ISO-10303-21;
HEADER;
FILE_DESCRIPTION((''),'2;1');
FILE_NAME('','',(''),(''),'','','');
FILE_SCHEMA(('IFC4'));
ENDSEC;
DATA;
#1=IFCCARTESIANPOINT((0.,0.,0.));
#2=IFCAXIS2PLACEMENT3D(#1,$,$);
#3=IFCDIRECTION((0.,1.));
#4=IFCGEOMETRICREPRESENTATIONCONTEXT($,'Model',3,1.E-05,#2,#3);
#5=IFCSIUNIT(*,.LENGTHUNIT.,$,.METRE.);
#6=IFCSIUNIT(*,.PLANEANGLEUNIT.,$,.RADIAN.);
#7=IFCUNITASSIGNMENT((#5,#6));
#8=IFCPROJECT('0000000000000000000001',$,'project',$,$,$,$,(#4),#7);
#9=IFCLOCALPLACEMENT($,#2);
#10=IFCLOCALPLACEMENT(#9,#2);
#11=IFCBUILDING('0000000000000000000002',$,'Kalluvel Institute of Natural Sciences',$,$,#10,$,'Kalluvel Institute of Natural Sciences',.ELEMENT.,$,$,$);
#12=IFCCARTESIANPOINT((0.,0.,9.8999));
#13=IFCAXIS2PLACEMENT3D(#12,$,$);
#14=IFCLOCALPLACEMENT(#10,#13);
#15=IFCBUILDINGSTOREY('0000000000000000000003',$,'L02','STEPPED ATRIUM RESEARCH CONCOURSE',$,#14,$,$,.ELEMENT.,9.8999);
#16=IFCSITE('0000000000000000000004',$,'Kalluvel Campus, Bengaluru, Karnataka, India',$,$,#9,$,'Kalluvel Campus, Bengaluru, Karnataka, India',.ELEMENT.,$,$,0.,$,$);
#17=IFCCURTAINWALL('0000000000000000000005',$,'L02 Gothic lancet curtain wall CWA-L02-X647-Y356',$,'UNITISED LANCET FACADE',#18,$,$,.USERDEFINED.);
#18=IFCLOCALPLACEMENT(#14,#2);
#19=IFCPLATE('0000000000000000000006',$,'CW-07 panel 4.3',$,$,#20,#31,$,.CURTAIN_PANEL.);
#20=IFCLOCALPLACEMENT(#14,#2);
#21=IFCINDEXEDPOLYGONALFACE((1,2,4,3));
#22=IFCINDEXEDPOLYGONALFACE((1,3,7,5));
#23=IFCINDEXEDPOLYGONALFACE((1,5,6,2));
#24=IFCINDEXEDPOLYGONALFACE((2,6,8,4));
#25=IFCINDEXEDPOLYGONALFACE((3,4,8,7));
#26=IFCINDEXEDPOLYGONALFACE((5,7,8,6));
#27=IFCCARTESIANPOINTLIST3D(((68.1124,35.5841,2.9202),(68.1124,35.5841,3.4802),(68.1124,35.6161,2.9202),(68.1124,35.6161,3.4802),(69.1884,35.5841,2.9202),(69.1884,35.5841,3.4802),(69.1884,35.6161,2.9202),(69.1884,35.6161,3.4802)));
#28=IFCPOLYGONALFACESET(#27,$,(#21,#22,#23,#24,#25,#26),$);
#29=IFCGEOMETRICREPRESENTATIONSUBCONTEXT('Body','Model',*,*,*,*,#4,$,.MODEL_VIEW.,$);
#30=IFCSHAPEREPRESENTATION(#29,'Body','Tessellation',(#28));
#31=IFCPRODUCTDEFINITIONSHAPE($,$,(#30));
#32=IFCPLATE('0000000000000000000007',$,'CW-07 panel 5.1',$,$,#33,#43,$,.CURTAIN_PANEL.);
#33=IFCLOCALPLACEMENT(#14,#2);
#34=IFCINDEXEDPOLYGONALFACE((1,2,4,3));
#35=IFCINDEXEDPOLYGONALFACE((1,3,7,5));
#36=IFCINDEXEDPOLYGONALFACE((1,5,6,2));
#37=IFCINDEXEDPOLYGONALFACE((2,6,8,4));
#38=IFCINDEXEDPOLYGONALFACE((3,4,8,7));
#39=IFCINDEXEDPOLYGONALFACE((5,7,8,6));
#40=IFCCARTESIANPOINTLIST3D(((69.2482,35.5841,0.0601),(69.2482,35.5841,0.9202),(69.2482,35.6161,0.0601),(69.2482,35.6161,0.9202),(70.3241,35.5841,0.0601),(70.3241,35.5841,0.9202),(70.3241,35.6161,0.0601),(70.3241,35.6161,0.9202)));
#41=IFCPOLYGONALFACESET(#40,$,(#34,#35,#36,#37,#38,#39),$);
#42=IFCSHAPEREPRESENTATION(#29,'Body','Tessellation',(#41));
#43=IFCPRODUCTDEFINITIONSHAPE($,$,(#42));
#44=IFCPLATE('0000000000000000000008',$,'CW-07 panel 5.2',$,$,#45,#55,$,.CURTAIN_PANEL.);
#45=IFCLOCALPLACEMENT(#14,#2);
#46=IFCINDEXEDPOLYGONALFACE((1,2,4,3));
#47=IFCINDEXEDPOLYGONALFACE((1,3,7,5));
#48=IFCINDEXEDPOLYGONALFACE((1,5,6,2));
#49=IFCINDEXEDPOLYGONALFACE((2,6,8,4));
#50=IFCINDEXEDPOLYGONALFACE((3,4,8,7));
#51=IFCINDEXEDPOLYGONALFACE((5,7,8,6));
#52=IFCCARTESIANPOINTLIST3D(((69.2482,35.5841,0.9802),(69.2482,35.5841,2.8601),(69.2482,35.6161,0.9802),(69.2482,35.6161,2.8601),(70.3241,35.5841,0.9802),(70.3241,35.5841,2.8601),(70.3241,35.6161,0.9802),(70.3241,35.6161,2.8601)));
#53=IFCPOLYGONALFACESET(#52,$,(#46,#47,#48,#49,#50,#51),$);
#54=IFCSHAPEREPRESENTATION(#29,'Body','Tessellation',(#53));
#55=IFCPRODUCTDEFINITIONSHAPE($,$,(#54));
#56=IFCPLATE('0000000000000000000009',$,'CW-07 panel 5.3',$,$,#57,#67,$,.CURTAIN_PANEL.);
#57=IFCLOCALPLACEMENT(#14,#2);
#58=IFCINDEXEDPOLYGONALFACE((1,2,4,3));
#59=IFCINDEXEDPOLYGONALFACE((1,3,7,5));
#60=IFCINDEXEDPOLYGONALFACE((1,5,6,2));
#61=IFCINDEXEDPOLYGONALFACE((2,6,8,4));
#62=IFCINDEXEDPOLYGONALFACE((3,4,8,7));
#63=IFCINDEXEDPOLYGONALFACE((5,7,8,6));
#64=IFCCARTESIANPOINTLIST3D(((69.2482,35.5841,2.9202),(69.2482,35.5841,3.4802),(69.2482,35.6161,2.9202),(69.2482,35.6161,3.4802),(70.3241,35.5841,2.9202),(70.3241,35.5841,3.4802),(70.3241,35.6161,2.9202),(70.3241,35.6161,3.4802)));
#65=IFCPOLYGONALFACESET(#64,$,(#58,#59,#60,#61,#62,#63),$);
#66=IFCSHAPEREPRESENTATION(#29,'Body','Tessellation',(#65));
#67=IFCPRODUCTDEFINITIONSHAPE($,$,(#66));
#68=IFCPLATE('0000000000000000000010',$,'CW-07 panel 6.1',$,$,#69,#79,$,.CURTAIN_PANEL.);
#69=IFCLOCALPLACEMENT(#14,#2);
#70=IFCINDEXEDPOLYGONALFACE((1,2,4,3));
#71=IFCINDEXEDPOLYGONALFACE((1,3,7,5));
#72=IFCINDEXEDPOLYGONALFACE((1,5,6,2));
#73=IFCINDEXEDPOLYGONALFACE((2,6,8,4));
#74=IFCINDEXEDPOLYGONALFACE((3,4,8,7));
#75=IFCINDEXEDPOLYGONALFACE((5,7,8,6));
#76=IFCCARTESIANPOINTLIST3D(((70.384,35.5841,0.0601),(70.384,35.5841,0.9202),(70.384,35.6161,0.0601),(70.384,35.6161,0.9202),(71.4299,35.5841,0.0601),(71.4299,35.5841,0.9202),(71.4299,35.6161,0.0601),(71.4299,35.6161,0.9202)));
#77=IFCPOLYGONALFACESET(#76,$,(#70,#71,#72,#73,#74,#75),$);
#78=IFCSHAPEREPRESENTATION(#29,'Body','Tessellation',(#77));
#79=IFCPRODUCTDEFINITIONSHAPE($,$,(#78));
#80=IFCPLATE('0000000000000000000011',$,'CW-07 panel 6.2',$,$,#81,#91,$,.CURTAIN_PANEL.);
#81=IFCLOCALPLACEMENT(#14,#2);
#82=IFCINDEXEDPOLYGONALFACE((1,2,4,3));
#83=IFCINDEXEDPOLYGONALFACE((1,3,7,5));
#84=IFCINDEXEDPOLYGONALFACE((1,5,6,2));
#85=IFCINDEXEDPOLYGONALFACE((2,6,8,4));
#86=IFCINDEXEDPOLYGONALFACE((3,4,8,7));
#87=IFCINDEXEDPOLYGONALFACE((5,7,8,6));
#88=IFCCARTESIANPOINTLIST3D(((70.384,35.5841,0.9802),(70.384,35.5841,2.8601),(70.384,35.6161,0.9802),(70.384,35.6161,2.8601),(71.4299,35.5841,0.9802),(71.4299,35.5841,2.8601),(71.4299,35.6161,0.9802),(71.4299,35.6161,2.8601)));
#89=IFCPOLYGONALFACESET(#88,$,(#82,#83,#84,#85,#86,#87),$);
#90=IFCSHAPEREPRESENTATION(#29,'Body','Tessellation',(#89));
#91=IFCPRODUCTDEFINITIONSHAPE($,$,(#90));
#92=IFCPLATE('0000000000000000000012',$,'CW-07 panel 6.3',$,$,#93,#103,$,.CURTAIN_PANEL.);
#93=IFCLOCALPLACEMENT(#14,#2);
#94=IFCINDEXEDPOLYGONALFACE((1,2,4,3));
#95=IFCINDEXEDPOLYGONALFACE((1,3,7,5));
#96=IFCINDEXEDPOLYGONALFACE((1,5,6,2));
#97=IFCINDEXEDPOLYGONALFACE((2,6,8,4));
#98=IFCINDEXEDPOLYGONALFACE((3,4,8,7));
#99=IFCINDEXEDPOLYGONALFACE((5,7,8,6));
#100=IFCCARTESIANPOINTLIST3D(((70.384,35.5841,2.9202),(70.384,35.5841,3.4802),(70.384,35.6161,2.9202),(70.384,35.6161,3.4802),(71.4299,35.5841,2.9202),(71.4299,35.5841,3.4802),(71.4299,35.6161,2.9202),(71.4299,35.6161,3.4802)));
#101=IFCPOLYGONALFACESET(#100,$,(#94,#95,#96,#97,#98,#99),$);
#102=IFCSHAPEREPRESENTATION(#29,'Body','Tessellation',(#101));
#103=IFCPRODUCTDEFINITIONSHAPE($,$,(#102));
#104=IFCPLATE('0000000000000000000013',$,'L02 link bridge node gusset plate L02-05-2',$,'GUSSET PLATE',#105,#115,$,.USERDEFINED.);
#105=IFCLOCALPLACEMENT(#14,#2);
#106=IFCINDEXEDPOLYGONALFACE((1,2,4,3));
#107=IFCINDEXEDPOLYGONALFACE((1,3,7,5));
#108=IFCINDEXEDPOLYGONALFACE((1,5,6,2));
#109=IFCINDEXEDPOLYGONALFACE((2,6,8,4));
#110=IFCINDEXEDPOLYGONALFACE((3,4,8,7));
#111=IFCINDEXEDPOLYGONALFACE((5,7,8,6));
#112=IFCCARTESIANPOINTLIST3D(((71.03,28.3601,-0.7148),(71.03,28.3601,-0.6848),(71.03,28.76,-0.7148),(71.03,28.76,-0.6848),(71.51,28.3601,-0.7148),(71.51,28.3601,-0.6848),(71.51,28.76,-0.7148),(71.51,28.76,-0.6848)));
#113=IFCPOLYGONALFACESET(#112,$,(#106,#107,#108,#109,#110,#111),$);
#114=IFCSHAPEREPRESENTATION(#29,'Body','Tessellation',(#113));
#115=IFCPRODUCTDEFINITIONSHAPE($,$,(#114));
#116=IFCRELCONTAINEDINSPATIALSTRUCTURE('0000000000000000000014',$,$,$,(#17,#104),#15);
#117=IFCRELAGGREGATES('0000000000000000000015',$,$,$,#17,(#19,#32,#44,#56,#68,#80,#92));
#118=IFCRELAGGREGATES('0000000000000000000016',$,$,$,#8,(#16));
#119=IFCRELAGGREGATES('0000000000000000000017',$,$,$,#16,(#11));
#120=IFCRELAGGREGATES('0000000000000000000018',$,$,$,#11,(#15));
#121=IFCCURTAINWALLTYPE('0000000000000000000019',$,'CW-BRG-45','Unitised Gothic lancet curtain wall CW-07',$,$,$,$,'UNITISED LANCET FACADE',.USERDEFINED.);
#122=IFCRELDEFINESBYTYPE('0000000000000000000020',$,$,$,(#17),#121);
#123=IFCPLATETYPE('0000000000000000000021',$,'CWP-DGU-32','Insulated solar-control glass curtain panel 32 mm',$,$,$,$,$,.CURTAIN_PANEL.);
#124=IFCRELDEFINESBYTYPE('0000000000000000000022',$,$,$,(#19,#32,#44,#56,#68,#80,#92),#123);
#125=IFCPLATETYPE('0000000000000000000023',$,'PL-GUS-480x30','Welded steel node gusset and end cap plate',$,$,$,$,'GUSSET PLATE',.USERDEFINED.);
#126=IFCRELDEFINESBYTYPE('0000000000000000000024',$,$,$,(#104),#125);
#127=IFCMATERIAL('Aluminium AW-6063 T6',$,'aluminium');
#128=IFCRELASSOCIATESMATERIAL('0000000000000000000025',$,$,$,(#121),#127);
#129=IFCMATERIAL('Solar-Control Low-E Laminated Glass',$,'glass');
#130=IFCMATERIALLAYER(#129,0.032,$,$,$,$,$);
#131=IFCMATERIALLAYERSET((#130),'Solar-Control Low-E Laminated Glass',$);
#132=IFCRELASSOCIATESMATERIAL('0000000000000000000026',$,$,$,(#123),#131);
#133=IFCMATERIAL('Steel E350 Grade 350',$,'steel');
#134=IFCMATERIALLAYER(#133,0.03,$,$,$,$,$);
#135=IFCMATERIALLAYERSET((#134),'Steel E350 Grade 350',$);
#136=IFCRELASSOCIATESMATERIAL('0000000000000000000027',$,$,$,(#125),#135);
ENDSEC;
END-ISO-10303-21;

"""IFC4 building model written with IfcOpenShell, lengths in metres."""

from ifc_helpers import new_model, si_unit, direction, frame, origin, origin_2d, place, context, subcontext, project, spatial, rectangle, extrude, material, layer, layer_set, type_object, element, aggregate, save


model = new_model("IFC4")

# Units and contexts
model_context = context("Model", 3, precision=1e-05, world=origin(), true_north=direction((0.0, 1.0)))
body_context = subcontext(model_context, "Body", "Model", "MODEL_VIEW")
ifc_project = project(units=[si_unit("LENGTHUNIT", "METRE"), si_unit("PLANEANGLEUNIT", "RADIAN")], contexts=[model_context])

# Site, building, storey
site_placement = place(None, origin())
site = spatial("IfcSite", under=ifc_project, at=site_placement, Name="Kalluvel Campus, Bengaluru, Karnataka, India", LongName="Kalluvel Campus, Bengaluru, Karnataka, India", CompositionType="ELEMENT", RefElevation=0.0)
building_placement = place(site_placement, origin())
building = spatial("IfcBuilding", under=site, at=building_placement, Name="Kalluvel Institute of Natural Sciences", LongName="Kalluvel Institute of Natural Sciences", CompositionType="ELEMENT")
storey_placement = place(building_placement, frame((0.0, 0.0, 9.8999)))
storey = spatial("IfcBuildingStorey", under=building, at=storey_placement, Name="L02", Description="STEPPED ATRIUM RESEARCH CONCOURSE", CompositionType="ELEMENT", Elevation=9.8999)

# Shared definitions
ifc_material_1 = material(Name="Steel E350 Grade 350", Category="steel")

# Curtain wall
ifc_material_2 = material(Name="Aluminium AW-6063 T6", Category="aluminium")
curtain_wall_type = type_object("IfcCurtainWallType", Name="CW-BRG-45", Description="Unitised Gothic lancet curtain wall CW-07", ElementType="UNITISED LANCET FACADE", PredefinedType="USERDEFINED", material=ifc_material_2)
curtain_wall_placement = place(storey_placement, origin())
curtain_wall = element("IfcCurtainWall", 1, at=curtain_wall_placement, inside=storey, type_object=curtain_wall_type, Name="L02 Gothic lancet curtain wall CWA-L02-X647-Y356", ObjectType="UNITISED LANCET FACADE", PredefinedType="USERDEFINED")

# Plates
ifc_material_3 = material(Name="Solar-Control Low-E Laminated Glass", Category="glass")
ifc_layer_1 = layer(ifc_material_3, 0.032)
ifc_layer_set_1 = layer_set([ifc_layer_1], Name="Solar-Control Low-E Laminated Glass")
plate_type_1 = type_object("IfcPlateType", Name="CWP-DGU-32", Description="Insulated solar-control glass curtain panel 32 mm", PredefinedType="CURTAIN_PANEL", material=ifc_layer_set_1)
plate_1_placement = place(storey_placement, frame((68.6504, 35.6001, 2.9202), z_axis=(0.0, 0.0, 1.0), x_axis=(1.0, 0.0, 0.0)))
plate_1 = element("IfcPlate", 2, at=plate_1_placement, type_object=plate_type_1, Name="CW-07 panel 4.3", PredefinedType="CURTAIN_PANEL", context=body_context, shape_type="SweptSolid", body=[
    extrude(rectangle(XDim=1.0759, YDim=0.032, at=origin_2d()), origin(), (0.0, 0.0, 1.0), 0.5601),
])
plate_2_placement = place(storey_placement, frame((69.7861, 35.6001, 0.0601), z_axis=(0.0, 0.0, 1.0), x_axis=(1.0, 0.0, 0.0)))
plate_2 = element("IfcPlate", 3, at=plate_2_placement, type_object=plate_type_1, Name="CW-07 panel 5.1", PredefinedType="CURTAIN_PANEL", context=body_context, shape_type="SweptSolid", body=[
    extrude(rectangle(XDim=1.0759, YDim=0.032, at=origin_2d()), origin(), (0.0, 0.0, 1.0), 0.8601),
])
plate_3_placement = place(storey_placement, frame((69.7861, 35.6001, 0.9802), z_axis=(0.0, 0.0, 1.0), x_axis=(1.0, 0.0, 0.0)))
plate_3 = element("IfcPlate", 4, at=plate_3_placement, type_object=plate_type_1, Name="CW-07 panel 5.2", PredefinedType="CURTAIN_PANEL", context=body_context, shape_type="SweptSolid", body=[
    extrude(rectangle(XDim=1.0759, YDim=0.032, at=origin_2d()), origin(), (0.0, 0.0, 1.0), 1.8799),
])
plate_4_placement = place(storey_placement, frame((69.7861, 35.6001, 2.9202), z_axis=(0.0, 0.0, 1.0), x_axis=(1.0, 0.0, 0.0)))
plate_4 = element("IfcPlate", 5, at=plate_4_placement, type_object=plate_type_1, Name="CW-07 panel 5.3", PredefinedType="CURTAIN_PANEL", context=body_context, shape_type="SweptSolid", body=[
    extrude(rectangle(XDim=1.0759, YDim=0.032, at=origin_2d()), origin(), (0.0, 0.0, 1.0), 0.5601),
])
plate_5_placement = place(storey_placement, frame((70.907, 35.6001, 0.0601), z_axis=(0.0, 0.0, 1.0), x_axis=(1.0, 0.0, 0.0)))
plate_5 = element("IfcPlate", 6, at=plate_5_placement, type_object=plate_type_1, Name="CW-07 panel 6.1", PredefinedType="CURTAIN_PANEL", context=body_context, shape_type="SweptSolid", body=[
    extrude(rectangle(XDim=1.0459, YDim=0.032, at=origin_2d()), origin(), (0.0, 0.0, 1.0), 0.8601),
])
plate_6_placement = place(storey_placement, frame((70.907, 35.6001, 0.9802), z_axis=(0.0, 0.0, 1.0), x_axis=(1.0, 0.0, 0.0)))
plate_6 = element("IfcPlate", 7, at=plate_6_placement, type_object=plate_type_1, Name="CW-07 panel 6.2", PredefinedType="CURTAIN_PANEL", context=body_context, shape_type="SweptSolid", body=[
    extrude(rectangle(XDim=1.0459, YDim=0.032, at=origin_2d()), origin(), (0.0, 0.0, 1.0), 1.8799),
])
plate_7_placement = place(storey_placement, frame((70.907, 35.6001, 2.9202), z_axis=(0.0, 0.0, 1.0), x_axis=(1.0, 0.0, 0.0)))
plate_7 = element("IfcPlate", 8, at=plate_7_placement, type_object=plate_type_1, Name="CW-07 panel 6.3", PredefinedType="CURTAIN_PANEL", context=body_context, shape_type="SweptSolid", body=[
    extrude(rectangle(XDim=1.0459, YDim=0.032, at=origin_2d()), origin(), (0.0, 0.0, 1.0), 0.5601),
])
aggregate(curtain_wall, [plate_1, plate_2, plate_3, plate_4, plate_5, plate_6, plate_7])
ifc_layer_2 = layer(ifc_material_1, 0.03)
ifc_layer_set_2 = layer_set([ifc_layer_2], Name="Steel E350 Grade 350")
plate_type_2 = type_object("IfcPlateType", Name="PL-GUS-480x30", Description="Welded steel node gusset and end cap plate", ElementType="GUSSET PLATE", PredefinedType="USERDEFINED", material=ifc_layer_set_2)
plate_8_placement = place(storey_placement, frame((71.27, 28.5601, -0.7148), z_axis=(0.0, 0.0, 1.0), x_axis=(1.0, 0.0, 0.0)))
element("IfcPlate", 9, at=plate_8_placement, inside=storey, type_object=plate_type_2, Name="L02 link bridge node gusset plate L02-05-2", ObjectType="GUSSET PLATE", PredefinedType="USERDEFINED", context=body_context, shape_type="SweptSolid", body=[
    extrude(rectangle(XDim=0.48, YDim=0.3999, at=origin_2d()), origin(), (0.0, 0.0, 1.0), 0.03),
])

save(model, "model.ifc")
